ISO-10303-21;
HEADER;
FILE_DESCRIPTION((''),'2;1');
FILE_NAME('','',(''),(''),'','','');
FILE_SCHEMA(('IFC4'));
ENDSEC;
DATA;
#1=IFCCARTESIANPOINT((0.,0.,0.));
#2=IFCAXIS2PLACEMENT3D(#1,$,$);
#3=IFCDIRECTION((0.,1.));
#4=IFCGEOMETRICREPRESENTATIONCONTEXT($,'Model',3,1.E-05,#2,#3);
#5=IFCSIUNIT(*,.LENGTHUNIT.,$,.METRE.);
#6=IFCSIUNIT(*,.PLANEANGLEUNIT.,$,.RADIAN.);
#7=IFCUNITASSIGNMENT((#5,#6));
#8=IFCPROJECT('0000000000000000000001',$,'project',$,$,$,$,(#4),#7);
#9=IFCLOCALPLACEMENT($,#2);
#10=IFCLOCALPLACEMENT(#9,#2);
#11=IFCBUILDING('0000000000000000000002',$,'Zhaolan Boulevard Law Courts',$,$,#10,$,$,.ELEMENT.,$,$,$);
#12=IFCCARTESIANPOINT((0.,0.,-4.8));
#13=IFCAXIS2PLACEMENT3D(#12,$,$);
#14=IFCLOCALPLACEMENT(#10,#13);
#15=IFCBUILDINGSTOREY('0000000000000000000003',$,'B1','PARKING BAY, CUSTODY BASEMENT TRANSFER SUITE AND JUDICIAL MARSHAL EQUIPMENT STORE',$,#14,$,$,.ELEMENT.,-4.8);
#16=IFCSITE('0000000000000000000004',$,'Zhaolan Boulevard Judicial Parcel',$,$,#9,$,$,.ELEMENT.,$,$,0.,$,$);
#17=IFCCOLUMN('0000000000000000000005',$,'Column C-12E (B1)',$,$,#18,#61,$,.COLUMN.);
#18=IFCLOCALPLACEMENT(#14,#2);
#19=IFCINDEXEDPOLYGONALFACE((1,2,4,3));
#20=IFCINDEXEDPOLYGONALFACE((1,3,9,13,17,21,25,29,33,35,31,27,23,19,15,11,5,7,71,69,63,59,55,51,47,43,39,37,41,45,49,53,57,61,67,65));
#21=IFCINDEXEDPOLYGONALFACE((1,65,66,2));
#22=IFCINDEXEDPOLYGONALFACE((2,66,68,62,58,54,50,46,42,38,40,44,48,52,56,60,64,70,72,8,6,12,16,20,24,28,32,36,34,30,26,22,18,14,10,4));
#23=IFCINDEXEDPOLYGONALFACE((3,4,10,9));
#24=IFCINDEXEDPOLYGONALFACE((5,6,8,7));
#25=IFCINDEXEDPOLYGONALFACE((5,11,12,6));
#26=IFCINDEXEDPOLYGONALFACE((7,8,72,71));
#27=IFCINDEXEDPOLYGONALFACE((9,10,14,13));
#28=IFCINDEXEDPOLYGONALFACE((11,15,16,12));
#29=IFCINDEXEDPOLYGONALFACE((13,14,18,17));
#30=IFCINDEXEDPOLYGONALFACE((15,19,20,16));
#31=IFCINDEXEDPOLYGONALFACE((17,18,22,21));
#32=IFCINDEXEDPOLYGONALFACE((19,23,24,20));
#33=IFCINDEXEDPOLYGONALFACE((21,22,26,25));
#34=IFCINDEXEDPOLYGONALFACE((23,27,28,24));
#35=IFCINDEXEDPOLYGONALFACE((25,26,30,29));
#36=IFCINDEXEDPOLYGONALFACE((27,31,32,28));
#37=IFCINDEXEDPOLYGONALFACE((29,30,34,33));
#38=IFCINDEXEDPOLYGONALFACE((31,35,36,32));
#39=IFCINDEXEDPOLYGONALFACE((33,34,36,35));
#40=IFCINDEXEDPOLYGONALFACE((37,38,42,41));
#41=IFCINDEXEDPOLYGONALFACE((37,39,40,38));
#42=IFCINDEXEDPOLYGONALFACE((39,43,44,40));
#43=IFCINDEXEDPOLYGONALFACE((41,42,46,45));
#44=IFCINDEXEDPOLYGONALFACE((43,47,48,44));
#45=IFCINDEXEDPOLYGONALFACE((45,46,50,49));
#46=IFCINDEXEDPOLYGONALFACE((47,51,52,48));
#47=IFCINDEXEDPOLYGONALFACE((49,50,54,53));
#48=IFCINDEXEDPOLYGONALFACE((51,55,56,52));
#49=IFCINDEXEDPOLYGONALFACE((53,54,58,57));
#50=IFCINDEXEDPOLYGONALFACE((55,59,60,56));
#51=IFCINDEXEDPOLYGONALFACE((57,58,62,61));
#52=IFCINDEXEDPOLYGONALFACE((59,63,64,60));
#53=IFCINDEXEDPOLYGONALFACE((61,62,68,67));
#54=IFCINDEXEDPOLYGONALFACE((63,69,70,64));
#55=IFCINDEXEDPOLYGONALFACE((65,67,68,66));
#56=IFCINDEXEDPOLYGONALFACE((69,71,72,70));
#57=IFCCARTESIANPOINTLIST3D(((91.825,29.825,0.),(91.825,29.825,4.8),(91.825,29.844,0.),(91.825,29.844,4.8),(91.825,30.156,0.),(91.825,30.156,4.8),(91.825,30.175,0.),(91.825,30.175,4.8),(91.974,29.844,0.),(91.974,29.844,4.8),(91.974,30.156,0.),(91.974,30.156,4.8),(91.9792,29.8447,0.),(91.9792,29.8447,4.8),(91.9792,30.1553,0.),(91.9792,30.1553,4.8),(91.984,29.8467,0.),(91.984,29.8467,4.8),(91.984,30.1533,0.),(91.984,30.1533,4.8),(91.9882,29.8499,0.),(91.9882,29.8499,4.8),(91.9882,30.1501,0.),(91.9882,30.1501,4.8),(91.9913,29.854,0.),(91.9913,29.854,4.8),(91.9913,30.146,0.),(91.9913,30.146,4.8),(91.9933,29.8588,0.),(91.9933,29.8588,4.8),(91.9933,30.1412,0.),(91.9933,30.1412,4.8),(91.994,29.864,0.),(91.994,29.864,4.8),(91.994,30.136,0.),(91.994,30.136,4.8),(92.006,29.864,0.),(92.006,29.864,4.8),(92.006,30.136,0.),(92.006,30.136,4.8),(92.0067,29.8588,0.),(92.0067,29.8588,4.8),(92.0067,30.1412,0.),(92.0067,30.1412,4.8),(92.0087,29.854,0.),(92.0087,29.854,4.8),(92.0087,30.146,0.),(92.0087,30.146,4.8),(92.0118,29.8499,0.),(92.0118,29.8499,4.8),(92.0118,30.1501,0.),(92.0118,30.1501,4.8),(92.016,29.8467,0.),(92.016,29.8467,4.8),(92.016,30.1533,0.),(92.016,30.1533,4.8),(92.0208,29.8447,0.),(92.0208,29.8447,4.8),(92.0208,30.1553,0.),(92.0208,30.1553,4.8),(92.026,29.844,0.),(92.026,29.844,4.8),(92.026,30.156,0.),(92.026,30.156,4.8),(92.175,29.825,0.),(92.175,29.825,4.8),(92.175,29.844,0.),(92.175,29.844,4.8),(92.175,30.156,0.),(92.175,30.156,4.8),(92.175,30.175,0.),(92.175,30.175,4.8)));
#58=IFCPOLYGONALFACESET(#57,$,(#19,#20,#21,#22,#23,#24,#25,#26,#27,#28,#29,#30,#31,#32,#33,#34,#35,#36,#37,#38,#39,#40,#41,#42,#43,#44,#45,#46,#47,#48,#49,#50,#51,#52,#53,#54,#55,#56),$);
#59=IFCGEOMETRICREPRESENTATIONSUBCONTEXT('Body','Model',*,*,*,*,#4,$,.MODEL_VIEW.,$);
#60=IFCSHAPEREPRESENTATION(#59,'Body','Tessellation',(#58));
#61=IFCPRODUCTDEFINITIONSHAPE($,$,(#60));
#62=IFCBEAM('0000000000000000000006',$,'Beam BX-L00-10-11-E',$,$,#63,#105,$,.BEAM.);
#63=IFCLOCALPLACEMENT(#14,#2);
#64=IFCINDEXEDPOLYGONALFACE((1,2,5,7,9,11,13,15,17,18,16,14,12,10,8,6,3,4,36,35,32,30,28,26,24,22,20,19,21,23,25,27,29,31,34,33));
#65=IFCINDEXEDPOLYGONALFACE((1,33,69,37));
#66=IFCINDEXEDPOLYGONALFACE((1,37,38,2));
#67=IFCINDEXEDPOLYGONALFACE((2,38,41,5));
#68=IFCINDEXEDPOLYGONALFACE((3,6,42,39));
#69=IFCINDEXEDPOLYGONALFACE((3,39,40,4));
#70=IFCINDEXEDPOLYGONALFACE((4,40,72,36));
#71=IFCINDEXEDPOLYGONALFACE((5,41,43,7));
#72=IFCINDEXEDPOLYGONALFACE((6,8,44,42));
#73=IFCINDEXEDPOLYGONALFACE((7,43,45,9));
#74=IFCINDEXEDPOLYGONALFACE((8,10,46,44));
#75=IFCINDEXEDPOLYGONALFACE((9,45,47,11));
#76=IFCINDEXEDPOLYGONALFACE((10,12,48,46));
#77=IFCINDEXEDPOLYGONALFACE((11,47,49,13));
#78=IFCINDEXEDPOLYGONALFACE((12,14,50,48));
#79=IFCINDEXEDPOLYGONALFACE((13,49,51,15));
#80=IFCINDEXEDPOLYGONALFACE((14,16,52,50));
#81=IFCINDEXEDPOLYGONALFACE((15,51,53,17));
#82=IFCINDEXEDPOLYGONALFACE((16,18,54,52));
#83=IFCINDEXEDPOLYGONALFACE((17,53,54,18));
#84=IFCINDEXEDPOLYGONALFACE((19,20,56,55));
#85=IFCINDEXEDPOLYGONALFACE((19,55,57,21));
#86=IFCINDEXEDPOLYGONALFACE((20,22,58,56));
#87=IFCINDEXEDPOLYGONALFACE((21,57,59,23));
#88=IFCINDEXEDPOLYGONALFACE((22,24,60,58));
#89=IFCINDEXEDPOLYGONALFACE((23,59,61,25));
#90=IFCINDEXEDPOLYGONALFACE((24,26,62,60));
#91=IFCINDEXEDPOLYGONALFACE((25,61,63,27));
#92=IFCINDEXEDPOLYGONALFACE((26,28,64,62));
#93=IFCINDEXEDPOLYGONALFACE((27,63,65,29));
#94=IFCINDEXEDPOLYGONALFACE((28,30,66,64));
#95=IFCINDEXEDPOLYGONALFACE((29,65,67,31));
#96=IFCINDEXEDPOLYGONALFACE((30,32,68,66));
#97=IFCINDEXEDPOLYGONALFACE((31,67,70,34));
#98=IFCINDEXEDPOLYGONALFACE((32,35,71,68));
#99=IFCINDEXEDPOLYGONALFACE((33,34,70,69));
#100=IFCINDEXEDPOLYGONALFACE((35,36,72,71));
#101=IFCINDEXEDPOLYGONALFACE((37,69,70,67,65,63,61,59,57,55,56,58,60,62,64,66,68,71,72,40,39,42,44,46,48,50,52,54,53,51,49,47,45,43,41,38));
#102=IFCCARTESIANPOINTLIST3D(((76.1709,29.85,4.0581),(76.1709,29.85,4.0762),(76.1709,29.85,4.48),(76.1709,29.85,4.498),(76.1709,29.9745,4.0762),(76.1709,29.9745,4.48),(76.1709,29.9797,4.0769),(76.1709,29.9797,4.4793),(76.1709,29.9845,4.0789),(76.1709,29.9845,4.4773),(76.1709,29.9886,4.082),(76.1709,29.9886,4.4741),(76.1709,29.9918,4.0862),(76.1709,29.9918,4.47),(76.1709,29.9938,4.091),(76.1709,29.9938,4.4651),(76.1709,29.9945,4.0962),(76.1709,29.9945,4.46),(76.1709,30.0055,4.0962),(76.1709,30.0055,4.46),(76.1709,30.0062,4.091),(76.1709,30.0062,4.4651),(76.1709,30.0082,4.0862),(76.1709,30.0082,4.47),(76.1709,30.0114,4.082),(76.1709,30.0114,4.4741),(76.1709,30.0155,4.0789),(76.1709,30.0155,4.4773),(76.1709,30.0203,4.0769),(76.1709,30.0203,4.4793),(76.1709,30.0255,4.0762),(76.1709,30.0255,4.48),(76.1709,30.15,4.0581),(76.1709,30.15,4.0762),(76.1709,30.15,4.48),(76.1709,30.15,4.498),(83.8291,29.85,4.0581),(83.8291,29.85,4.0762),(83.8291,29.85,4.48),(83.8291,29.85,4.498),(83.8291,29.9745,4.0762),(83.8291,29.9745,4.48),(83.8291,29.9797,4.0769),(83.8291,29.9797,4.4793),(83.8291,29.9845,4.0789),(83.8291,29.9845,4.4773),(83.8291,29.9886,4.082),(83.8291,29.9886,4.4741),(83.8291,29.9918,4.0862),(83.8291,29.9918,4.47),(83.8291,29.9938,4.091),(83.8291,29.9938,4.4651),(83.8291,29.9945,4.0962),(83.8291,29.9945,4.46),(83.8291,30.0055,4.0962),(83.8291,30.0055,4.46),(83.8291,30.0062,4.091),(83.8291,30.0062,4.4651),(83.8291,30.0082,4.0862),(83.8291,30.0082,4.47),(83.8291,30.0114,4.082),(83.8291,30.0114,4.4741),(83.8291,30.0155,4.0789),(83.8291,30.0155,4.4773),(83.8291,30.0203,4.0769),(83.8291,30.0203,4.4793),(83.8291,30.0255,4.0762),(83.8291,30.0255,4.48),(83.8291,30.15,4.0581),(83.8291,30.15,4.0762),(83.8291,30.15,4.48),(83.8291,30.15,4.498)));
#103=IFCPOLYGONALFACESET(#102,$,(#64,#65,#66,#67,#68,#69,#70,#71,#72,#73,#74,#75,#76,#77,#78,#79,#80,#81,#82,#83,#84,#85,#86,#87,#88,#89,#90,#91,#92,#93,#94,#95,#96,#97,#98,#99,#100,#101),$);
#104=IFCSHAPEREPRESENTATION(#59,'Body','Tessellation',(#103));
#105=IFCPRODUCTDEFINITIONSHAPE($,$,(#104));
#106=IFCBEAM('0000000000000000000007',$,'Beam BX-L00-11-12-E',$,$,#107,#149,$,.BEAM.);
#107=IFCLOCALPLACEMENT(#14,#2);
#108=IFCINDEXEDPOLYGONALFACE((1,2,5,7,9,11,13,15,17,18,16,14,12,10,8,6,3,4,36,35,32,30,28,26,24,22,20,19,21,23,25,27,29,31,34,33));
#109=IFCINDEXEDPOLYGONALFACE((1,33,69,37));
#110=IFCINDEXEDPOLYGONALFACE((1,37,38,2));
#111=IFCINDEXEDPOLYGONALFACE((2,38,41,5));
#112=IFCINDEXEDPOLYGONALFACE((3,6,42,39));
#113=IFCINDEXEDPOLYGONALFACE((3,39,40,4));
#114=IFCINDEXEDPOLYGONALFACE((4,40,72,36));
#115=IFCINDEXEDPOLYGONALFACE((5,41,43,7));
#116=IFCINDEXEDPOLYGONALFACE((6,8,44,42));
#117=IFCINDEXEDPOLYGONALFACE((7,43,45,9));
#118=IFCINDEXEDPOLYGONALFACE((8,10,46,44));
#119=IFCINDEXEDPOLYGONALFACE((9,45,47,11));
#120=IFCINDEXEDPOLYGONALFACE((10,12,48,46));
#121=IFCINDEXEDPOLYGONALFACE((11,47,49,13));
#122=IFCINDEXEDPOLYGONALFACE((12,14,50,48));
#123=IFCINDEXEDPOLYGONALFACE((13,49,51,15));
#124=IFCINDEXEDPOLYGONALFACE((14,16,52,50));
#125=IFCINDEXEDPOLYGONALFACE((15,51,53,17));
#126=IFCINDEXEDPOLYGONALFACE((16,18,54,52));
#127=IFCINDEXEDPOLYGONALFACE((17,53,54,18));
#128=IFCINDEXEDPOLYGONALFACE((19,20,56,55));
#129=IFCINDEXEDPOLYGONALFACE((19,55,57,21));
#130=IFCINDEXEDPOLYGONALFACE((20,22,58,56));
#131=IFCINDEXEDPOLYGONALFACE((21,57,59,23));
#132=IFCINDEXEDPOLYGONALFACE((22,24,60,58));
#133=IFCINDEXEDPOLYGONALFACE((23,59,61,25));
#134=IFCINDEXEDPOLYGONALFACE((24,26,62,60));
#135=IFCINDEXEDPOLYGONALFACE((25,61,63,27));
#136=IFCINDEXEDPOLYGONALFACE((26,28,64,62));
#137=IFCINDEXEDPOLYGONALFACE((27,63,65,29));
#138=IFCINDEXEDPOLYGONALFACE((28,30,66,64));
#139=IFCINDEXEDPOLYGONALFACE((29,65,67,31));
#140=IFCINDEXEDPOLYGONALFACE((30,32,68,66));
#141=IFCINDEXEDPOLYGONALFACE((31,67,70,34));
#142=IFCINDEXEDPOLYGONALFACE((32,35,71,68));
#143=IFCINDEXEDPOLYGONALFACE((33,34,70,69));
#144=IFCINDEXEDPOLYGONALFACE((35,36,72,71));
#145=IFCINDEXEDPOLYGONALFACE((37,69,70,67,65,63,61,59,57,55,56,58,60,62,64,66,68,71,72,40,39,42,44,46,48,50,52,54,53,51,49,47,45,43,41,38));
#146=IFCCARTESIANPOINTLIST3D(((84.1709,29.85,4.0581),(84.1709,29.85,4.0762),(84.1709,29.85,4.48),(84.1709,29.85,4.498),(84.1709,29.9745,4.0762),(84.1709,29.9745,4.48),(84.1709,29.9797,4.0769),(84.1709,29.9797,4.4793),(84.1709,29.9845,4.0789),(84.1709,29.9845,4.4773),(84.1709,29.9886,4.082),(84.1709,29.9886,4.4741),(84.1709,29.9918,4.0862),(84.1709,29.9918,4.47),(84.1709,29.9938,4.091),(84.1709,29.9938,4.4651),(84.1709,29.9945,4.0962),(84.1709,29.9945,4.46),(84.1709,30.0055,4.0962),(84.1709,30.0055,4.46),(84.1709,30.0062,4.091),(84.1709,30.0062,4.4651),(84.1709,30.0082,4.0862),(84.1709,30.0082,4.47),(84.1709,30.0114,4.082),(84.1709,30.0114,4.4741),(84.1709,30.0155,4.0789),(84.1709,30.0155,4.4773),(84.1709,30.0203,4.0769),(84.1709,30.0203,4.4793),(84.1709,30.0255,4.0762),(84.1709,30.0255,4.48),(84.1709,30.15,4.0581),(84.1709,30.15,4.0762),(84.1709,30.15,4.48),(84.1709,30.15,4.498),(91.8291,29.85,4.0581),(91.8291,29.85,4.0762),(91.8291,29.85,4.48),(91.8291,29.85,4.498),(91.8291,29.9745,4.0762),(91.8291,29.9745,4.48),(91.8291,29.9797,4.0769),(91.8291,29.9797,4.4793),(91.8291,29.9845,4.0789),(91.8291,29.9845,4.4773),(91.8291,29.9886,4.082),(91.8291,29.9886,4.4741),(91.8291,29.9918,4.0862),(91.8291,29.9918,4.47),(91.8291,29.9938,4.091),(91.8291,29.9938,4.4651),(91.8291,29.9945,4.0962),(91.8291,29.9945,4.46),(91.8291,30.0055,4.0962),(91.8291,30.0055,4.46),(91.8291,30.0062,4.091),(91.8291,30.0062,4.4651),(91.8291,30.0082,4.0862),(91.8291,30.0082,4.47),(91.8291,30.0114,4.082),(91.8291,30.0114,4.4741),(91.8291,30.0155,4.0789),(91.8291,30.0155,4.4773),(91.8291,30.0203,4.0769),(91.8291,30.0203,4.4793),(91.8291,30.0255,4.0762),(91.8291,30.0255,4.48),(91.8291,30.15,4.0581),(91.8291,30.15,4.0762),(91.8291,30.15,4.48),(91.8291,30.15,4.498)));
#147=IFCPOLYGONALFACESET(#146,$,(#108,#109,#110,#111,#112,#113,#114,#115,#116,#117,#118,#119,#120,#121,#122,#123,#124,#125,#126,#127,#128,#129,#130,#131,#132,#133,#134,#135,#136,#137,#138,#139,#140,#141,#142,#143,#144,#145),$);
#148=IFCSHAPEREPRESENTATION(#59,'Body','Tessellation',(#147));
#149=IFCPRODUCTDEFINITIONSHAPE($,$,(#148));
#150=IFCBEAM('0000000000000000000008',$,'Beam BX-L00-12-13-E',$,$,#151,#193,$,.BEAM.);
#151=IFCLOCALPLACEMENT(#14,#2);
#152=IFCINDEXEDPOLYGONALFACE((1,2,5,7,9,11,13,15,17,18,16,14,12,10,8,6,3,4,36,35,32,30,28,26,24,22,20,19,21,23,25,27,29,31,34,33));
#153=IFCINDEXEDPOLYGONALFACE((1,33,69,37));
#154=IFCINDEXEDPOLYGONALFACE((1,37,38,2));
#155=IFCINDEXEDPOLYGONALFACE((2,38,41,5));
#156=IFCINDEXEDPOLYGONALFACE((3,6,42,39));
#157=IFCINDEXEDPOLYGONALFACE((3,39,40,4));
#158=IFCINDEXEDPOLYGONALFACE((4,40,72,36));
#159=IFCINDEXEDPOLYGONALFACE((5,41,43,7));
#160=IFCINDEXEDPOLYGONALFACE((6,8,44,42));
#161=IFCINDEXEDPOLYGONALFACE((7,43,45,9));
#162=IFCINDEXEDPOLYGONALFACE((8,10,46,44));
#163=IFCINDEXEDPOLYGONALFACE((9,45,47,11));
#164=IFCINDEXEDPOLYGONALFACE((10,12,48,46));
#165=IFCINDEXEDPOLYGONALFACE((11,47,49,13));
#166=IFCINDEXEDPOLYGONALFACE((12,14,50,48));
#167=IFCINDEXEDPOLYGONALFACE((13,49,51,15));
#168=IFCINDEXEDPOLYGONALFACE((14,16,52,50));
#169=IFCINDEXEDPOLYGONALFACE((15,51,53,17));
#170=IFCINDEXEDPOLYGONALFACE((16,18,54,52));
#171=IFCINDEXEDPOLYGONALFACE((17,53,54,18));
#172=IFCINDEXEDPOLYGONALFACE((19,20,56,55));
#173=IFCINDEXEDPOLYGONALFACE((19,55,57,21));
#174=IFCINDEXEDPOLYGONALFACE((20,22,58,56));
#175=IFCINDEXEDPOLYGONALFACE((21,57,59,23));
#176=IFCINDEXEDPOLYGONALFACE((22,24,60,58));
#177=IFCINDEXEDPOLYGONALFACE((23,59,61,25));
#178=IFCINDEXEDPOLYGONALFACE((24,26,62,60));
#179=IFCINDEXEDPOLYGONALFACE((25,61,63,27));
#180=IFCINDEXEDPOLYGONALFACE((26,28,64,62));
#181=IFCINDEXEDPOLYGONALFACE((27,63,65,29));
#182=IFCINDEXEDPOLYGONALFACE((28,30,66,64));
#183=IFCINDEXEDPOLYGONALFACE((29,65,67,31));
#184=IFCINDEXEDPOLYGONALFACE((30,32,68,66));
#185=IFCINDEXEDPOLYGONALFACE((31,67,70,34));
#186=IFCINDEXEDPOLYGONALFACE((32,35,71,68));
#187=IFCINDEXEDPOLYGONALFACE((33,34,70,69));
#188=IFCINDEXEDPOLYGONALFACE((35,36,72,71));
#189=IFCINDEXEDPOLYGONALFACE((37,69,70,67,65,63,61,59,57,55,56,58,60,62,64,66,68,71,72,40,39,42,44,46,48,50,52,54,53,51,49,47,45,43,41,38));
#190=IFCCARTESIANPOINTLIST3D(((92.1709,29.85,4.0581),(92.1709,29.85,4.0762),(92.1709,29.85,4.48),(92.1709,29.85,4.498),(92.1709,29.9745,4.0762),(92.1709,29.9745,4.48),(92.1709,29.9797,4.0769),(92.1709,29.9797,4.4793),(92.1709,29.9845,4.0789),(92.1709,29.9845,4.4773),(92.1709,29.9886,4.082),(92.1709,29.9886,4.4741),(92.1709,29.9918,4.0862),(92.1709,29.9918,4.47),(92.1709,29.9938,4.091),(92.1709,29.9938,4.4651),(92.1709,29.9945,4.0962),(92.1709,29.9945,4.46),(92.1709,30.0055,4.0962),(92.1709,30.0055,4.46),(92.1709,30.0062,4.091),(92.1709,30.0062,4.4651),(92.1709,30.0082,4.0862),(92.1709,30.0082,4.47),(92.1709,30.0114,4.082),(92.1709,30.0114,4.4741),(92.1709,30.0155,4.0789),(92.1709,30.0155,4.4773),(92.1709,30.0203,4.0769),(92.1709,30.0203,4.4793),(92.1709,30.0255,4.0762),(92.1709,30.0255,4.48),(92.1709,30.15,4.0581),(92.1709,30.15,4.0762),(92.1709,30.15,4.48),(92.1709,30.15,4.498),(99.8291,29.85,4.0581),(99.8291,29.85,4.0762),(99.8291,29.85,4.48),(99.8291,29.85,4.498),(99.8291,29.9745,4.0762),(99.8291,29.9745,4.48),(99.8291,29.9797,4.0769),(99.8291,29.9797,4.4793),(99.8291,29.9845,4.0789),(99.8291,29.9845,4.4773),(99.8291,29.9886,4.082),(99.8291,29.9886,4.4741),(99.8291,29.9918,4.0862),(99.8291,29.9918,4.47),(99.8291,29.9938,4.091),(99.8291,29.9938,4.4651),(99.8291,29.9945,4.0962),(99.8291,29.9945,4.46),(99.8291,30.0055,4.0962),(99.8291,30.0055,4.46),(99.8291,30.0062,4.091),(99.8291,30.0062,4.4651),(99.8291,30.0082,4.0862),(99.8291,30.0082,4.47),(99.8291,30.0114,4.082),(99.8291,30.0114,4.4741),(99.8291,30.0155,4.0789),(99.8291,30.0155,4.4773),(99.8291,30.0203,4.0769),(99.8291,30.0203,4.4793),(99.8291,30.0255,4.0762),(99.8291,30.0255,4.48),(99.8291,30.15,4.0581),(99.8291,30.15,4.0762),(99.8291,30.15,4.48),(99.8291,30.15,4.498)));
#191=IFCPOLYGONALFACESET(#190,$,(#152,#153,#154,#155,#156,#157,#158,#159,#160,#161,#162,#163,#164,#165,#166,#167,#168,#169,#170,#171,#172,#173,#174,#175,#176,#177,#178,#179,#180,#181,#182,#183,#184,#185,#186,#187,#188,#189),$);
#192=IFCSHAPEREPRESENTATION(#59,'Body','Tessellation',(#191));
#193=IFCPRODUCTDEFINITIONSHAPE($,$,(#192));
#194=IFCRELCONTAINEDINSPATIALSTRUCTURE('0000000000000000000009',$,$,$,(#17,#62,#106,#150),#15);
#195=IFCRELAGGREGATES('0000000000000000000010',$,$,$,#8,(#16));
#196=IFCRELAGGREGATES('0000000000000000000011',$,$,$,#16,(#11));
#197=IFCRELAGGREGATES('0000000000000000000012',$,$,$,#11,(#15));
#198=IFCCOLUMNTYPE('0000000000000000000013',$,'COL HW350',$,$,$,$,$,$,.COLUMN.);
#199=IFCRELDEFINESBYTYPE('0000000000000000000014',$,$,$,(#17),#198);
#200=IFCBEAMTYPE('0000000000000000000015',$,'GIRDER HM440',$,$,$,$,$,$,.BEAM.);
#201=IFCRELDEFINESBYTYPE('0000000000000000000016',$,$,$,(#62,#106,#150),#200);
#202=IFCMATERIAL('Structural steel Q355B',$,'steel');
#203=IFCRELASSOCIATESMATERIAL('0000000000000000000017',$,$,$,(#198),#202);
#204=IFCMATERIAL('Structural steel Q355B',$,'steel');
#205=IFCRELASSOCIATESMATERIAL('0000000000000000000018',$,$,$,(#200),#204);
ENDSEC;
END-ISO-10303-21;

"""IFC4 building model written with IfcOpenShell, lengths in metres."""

from ifc_helpers import new_model, si_unit, direction, frame, origin, origin_2d, place, context, subcontext, project, spatial, i_section, extrude, material, material_profile, profile_set, type_object, element, save


model = new_model("IFC4")

# Units and contexts
model_context = context("Model", 3, precision=1e-05, world=origin(), true_north=direction((0.0, 1.0)))
body_context = subcontext(model_context, "Body", "Model", "MODEL_VIEW")
ifc_project = project(units=[si_unit("LENGTHUNIT", "METRE"), si_unit("PLANEANGLEUNIT", "RADIAN")], contexts=[model_context])

# Site, building, storey
site_placement = place(None, origin())
site = spatial("IfcSite", under=ifc_project, at=site_placement, Name="Zhaolan Boulevard Judicial Parcel", CompositionType="ELEMENT", RefElevation=0.0)
building_placement = place(site_placement, origin())
building = spatial("IfcBuilding", under=site, at=building_placement, Name="Zhaolan Boulevard Law Courts", CompositionType="ELEMENT")
storey_placement = place(building_placement, frame((0.0, 0.0, -4.8)))
storey = spatial("IfcBuildingStorey", under=building, at=storey_placement, Name="B1", Description="PARKING BAY, CUSTODY BASEMENT TRANSFER SUITE AND JUDICIAL MARSHAL EQUIPMENT STORE", CompositionType="ELEMENT", Elevation=-4.8)

# Column
ifc_material_1 = material(Name="Structural steel Q355B", Category="steel")
ifc_material_profile_1 = material_profile(ifc_material_1, i_section(OverallWidth=0.3501, OverallDepth=0.3501, WebThickness=0.012, FlangeThickness=0.019, FilletRadius=0.02, at=origin_2d()), Name="HW350x350")
ifc_profile_set_1 = profile_set([ifc_material_profile_1], Name="Structural steel Q355B")
column_type_1 = type_object("IfcColumnType", Name="COL HW350", PredefinedType="COLUMN", material=ifc_profile_set_1)
for number, where, z_axis, x_axis, name in (
    (1, (92.0, 30.0, 0.0), (0.0, 0.0, 1.0), (1.0, 0.0, 0.0), "Column C-12E (B1)"),
):
    element("IfcColumn", number, at=place(storey_placement, frame(where, z_axis=z_axis, x_axis=x_axis)), inside=storey, type_object=column_type_1, Name=name, PredefinedType="COLUMN", context=body_context, shape_type="SweptSolid", body=[
        extrude(i_section(OverallWidth=0.3501, OverallDepth=0.3501, WebThickness=0.012, FlangeThickness=0.019, FilletRadius=0.02, at=origin_2d()), origin(), (0.0, 0.0, 1.0), 4.8),
    ])

# Beams
ifc_material_2 = material(Name="Structural steel Q355B", Category="steel")
ifc_material_profile_2 = material_profile(ifc_material_2, i_section(OverallWidth=0.3, OverallDepth=0.4399, WebThickness=0.011, FlangeThickness=0.0181, FilletRadius=0.02, at=origin_2d()), Name="HM440x300")
ifc_profile_set_2 = profile_set([ifc_material_profile_2], Name="Structural steel Q355B")
beam_type = type_object("IfcBeamType", Name="GIRDER HM440", PredefinedType="BEAM", material=ifc_profile_set_2)
for number, where, z_axis, x_axis, name in (
    (2, (76.1709, 30.0, 4.2781), (1.0, 0.0, 0.0), (0.0, 1.0, 0.0), "Beam BX-L00-10-11-E"),
    (3, (84.1709, 30.0, 4.2781), (1.0, 0.0, 0.0), (0.0, 1.0, 0.0), "Beam BX-L00-11-12-E"),
    (4, (92.1709, 30.0, 4.2781), (1.0, 0.0, 0.0), (0.0, 1.0, 0.0), "Beam BX-L00-12-13-E"),
):
    element("IfcBeam", number, at=place(storey_placement, frame(where, z_axis=z_axis, x_axis=x_axis)), inside=storey, type_object=beam_type, Name=name, PredefinedType="BEAM", context=body_context, shape_type="SweptSolid", body=[
        extrude(i_section(OverallWidth=0.3, OverallDepth=0.4399, WebThickness=0.011, FlangeThickness=0.0181, FilletRadius=0.02, at=origin_2d()), origin(), (0.0, 0.0, 1.0), 7.6582),
    ])

save(model, "model.ifc")
